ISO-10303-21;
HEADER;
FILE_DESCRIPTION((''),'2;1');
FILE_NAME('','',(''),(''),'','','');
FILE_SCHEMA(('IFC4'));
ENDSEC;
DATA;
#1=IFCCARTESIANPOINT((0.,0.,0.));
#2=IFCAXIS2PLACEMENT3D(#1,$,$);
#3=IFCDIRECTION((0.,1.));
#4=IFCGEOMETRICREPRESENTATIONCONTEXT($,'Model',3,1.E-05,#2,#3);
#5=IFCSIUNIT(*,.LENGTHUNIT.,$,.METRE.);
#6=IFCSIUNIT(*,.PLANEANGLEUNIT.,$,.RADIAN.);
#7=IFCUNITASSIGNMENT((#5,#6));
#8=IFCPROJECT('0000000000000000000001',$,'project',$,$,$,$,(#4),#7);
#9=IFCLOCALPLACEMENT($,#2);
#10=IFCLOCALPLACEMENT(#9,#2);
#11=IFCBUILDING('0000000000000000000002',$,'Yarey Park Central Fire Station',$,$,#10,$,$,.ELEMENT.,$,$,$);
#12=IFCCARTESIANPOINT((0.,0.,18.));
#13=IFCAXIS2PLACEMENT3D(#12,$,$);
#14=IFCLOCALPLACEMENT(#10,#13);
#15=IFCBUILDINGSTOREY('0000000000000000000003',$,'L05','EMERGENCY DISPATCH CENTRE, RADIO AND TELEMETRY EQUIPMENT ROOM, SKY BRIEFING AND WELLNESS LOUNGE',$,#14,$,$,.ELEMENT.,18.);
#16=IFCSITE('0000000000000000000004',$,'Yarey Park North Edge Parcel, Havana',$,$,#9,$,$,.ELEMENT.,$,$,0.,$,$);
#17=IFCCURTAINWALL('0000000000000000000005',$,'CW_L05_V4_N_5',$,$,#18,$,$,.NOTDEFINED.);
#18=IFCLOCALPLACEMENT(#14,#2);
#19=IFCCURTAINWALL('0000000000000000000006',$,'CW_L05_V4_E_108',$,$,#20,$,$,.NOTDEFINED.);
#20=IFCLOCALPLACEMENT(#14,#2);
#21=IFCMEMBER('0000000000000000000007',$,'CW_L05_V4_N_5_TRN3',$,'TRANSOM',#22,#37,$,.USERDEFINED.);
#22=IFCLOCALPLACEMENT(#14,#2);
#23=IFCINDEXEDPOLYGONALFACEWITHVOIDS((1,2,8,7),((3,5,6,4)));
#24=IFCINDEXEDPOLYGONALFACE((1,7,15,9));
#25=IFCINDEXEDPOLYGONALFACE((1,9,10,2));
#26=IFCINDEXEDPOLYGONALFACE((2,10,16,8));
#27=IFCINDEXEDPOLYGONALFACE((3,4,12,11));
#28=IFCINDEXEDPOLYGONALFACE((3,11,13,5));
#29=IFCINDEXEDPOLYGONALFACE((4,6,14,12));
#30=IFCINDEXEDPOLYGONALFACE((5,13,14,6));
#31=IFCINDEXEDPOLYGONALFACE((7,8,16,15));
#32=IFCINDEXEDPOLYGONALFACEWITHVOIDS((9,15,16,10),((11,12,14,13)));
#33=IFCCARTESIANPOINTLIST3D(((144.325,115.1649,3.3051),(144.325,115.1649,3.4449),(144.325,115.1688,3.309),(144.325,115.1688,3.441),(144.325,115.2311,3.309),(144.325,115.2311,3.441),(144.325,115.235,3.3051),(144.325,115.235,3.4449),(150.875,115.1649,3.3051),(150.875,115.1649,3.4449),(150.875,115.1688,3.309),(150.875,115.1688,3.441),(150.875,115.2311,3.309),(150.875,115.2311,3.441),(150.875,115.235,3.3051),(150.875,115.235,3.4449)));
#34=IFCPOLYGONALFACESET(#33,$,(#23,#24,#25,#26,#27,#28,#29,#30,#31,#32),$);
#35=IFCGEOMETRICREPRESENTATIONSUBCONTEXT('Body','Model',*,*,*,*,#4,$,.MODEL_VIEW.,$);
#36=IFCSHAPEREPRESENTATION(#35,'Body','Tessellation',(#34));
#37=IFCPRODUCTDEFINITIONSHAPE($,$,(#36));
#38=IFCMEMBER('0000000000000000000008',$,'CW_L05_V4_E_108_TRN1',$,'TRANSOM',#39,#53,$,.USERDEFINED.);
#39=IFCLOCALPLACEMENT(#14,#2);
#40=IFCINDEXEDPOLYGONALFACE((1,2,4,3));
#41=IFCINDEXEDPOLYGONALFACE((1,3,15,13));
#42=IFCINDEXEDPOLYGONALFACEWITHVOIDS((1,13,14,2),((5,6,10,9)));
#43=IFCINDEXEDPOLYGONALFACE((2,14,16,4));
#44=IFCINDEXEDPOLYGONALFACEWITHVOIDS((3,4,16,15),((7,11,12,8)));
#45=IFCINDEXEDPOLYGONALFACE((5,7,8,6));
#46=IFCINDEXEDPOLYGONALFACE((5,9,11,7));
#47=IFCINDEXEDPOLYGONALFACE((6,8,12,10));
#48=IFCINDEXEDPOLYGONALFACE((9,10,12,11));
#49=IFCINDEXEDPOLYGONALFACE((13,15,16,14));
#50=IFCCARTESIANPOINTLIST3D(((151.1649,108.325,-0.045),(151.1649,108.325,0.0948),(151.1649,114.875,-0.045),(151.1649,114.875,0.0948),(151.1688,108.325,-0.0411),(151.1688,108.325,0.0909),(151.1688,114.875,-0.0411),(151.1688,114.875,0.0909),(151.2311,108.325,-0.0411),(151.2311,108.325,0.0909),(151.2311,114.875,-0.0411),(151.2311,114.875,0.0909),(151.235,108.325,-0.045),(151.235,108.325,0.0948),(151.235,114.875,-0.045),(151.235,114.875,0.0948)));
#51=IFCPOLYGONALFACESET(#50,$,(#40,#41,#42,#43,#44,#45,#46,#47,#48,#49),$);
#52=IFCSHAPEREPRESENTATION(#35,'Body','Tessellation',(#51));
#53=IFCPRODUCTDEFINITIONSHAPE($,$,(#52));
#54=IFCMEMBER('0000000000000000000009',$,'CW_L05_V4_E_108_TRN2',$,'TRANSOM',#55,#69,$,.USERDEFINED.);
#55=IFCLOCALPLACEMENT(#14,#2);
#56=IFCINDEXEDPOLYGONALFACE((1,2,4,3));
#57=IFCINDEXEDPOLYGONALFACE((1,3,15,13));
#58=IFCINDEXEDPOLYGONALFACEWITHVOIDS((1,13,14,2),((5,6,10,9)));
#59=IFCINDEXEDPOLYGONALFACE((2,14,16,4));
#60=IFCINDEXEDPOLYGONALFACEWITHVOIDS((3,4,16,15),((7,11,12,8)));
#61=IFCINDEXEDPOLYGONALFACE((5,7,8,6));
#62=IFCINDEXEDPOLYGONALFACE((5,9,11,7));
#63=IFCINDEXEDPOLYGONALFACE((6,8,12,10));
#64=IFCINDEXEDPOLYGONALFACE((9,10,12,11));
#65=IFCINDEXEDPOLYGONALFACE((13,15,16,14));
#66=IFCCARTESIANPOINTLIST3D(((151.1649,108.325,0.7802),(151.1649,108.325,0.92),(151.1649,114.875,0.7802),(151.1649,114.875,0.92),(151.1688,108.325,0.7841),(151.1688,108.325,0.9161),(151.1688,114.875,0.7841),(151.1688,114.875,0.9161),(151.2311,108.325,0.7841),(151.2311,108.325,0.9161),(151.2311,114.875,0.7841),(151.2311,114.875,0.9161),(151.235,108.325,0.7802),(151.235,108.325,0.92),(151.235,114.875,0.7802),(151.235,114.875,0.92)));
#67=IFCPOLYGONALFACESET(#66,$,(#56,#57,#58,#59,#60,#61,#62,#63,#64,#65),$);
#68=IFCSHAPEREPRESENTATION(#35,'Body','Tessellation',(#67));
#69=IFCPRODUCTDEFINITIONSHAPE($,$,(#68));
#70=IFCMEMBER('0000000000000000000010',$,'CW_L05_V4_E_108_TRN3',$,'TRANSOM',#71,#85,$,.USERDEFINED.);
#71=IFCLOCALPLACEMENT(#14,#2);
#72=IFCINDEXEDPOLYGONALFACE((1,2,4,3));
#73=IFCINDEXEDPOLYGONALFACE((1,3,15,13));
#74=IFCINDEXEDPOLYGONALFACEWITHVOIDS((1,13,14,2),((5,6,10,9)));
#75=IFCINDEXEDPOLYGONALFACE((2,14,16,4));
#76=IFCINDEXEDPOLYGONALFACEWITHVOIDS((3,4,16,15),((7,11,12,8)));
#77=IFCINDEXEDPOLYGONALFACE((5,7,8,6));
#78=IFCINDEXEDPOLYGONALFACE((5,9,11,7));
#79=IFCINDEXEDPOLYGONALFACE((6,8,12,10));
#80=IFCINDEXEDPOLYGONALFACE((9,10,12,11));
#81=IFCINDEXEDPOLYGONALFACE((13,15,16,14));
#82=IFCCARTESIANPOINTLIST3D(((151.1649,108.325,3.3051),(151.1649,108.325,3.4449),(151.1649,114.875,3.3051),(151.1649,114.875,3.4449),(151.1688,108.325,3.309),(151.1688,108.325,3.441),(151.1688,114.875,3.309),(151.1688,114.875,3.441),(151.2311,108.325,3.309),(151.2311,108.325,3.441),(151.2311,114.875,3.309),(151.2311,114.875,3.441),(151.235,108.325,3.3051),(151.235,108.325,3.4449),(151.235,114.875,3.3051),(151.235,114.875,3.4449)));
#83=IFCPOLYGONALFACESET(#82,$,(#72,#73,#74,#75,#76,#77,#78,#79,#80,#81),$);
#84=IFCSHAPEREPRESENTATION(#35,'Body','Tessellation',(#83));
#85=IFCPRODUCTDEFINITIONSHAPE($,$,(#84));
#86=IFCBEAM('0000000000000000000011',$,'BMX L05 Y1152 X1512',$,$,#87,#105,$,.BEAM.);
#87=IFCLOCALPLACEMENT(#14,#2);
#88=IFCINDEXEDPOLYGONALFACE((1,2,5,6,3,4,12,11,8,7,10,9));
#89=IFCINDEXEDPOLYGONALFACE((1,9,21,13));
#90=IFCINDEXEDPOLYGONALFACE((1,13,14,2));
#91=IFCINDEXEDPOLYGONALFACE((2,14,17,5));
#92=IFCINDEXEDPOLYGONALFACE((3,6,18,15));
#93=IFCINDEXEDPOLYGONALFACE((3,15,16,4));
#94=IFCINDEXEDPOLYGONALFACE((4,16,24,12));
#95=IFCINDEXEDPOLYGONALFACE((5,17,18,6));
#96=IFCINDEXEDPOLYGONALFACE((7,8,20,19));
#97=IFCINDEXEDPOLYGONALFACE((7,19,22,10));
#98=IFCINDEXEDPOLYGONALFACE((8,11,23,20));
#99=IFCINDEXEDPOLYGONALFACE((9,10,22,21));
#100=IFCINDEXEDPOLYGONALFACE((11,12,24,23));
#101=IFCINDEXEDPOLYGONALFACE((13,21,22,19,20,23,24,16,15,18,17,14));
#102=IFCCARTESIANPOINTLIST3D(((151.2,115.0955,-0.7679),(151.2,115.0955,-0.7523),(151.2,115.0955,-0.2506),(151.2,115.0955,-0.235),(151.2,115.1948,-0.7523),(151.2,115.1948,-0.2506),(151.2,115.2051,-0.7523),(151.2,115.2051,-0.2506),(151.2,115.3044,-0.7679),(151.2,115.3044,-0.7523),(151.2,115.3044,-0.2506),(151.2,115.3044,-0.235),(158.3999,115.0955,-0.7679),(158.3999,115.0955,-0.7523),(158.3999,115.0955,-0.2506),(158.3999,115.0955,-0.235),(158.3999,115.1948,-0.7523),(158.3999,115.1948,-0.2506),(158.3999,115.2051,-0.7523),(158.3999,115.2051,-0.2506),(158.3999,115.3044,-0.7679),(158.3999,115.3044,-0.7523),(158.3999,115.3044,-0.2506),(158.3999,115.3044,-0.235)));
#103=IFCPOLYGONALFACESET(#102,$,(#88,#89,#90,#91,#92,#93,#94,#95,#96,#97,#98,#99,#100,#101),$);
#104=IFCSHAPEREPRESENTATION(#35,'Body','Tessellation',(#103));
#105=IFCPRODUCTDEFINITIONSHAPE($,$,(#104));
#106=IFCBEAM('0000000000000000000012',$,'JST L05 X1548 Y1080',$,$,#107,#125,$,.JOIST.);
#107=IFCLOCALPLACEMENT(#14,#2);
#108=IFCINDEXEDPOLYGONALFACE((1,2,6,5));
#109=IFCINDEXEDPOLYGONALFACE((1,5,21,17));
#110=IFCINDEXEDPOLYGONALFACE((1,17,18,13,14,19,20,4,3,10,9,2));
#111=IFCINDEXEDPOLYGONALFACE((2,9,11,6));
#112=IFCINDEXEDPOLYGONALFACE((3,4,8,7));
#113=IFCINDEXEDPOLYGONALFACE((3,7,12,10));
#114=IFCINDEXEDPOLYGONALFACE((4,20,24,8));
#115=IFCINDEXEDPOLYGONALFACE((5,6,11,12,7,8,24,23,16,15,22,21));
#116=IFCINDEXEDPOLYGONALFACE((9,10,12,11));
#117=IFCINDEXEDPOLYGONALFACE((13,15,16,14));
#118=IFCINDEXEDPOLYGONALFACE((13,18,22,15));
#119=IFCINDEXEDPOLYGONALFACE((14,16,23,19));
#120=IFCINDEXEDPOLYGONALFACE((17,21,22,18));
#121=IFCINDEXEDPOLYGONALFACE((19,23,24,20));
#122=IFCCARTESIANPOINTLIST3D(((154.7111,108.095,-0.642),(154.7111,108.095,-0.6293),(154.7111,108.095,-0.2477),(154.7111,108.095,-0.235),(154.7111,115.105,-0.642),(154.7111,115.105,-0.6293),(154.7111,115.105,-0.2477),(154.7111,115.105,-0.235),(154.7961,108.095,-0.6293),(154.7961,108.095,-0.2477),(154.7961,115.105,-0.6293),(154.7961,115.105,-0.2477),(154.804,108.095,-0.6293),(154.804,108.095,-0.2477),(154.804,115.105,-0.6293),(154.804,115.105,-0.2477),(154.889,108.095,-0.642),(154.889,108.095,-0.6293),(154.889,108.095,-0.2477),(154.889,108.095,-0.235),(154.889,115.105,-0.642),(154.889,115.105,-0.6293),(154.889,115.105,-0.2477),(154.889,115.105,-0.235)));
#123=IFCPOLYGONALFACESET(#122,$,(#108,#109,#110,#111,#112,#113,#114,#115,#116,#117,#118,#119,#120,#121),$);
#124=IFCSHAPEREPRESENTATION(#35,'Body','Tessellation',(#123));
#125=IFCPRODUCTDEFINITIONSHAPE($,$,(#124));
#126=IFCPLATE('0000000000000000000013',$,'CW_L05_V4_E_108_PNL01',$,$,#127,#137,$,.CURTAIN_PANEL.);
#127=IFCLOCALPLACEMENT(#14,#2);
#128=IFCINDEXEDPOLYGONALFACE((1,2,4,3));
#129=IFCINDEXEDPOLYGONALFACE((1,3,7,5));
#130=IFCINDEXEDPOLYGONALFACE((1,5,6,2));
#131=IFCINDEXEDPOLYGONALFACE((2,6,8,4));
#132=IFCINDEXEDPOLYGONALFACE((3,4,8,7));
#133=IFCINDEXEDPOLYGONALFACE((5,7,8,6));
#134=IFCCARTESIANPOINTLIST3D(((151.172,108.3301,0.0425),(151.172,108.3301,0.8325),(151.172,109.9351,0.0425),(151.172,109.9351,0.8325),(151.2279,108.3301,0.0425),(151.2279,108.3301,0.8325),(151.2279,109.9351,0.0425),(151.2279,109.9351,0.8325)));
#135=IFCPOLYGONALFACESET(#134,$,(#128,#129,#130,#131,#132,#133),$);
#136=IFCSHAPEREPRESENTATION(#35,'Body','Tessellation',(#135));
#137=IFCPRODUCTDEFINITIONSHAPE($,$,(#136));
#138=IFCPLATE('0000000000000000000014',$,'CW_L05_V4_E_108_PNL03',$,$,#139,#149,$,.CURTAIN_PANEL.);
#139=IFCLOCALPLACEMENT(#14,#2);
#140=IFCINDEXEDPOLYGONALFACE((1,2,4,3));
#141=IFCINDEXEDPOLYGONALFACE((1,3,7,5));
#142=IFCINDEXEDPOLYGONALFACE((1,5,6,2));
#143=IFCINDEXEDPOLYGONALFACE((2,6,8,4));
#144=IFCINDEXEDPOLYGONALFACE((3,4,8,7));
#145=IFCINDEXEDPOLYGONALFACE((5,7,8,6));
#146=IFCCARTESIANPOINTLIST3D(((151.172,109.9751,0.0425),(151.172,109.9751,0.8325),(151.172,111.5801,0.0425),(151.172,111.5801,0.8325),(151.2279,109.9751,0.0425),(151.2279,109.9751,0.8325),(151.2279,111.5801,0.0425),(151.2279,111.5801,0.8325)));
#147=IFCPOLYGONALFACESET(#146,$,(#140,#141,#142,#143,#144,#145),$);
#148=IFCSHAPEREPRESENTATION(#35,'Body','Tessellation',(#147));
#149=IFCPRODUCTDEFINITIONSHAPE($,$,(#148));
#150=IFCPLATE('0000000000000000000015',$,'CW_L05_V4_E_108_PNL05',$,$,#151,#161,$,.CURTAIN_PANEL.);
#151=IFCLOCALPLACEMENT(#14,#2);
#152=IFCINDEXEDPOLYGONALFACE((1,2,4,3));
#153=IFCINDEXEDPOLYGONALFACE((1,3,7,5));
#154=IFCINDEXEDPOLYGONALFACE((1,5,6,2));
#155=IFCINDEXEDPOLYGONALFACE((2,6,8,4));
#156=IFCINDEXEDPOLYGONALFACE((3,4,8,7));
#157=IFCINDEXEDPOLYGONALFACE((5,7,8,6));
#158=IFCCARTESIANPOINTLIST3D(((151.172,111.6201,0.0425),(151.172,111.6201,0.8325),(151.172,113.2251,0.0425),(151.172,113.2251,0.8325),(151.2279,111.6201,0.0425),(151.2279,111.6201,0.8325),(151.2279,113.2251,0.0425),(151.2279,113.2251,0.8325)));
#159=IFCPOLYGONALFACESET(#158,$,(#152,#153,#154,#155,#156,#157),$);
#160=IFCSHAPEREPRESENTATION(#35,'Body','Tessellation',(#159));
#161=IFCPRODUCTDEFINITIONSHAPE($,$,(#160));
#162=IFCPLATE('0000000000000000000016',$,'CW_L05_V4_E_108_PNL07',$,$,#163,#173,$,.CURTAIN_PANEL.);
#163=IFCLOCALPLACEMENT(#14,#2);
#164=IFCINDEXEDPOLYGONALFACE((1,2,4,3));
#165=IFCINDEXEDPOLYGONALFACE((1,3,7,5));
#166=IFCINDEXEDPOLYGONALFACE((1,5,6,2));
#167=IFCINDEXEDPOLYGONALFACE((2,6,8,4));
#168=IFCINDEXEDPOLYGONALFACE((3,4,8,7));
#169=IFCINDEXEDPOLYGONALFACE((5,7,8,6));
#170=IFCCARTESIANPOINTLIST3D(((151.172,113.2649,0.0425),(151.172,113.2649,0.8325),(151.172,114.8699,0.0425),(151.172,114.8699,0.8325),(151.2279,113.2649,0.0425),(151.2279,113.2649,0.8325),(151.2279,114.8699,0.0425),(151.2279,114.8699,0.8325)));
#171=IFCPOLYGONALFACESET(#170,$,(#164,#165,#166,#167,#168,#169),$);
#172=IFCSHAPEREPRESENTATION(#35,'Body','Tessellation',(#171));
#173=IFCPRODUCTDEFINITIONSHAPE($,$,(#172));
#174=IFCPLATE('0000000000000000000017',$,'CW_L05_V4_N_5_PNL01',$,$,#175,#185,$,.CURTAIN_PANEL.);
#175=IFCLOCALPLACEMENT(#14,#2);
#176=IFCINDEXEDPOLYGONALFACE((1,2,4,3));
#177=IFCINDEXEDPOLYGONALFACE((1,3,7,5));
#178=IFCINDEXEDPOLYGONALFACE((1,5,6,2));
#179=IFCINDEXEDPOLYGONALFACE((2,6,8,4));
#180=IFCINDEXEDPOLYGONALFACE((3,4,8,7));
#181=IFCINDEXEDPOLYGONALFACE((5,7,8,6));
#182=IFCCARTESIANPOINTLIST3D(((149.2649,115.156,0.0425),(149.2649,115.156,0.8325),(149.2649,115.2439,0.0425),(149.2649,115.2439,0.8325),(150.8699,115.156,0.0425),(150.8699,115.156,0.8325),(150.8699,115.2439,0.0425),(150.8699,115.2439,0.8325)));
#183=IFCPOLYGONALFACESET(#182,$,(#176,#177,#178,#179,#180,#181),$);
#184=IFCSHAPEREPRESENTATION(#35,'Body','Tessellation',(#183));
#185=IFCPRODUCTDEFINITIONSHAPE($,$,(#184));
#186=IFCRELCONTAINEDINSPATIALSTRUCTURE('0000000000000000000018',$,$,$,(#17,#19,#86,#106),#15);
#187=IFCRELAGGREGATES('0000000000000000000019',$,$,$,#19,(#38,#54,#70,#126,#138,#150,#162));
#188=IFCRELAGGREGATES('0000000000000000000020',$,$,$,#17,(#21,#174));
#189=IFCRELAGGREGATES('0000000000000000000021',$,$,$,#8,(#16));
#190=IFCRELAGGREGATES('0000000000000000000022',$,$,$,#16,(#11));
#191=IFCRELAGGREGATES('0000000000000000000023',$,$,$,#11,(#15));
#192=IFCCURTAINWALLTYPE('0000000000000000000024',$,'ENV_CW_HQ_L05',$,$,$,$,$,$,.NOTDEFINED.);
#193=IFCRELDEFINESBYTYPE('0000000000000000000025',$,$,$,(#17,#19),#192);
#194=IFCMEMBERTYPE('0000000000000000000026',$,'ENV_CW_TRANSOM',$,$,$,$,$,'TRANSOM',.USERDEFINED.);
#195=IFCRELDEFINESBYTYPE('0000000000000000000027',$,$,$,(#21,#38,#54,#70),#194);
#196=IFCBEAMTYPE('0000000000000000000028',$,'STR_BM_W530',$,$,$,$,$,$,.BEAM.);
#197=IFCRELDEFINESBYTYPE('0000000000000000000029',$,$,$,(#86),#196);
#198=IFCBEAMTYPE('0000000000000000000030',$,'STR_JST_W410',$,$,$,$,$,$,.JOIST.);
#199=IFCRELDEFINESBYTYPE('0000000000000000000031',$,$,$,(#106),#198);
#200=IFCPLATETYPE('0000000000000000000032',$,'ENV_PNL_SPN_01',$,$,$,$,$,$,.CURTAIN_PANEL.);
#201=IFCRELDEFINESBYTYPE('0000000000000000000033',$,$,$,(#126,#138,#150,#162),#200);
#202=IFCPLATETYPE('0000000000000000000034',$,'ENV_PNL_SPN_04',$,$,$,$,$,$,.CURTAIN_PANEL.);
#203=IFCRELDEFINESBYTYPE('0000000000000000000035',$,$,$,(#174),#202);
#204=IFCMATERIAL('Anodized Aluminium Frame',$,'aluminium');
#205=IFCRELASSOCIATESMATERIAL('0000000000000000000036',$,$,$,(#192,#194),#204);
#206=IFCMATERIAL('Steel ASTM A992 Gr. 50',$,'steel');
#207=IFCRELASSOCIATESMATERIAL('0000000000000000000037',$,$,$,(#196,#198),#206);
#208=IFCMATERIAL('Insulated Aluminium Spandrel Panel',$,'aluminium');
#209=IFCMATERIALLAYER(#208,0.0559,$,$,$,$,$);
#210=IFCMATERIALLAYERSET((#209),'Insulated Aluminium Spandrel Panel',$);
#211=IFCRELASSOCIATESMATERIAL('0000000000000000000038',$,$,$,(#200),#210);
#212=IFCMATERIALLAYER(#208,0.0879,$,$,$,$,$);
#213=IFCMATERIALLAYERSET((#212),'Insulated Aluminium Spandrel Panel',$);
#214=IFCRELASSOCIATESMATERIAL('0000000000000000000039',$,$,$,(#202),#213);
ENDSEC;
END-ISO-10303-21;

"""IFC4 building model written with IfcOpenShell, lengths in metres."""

from ifc_helpers import new_model, si_unit, direction, frame, origin, origin_2d, place, context, subcontext, project, spatial, rectangle, hollow_rectangle, i_section, extrude, material, layer, layer_set, material_profile, profile_set, type_object, element, aggregate, save


model = new_model("IFC4")

# Units and contexts
model_context = context("Model", 3, precision=1e-05, world=origin(), true_north=direction((0.0, 1.0)))
body_context = subcontext(model_context, "Body", "Model", "MODEL_VIEW")
ifc_project = project(units=[si_unit("LENGTHUNIT", "METRE"), si_unit("PLANEANGLEUNIT", "RADIAN")], contexts=[model_context])

# Site, building, storey
site_placement = place(None, origin())
site = spatial("IfcSite", under=ifc_project, at=site_placement, Name="Yarey Park North Edge Parcel, Havana", CompositionType="ELEMENT", RefElevation=0.0)
building_placement = place(site_placement, origin())
building = spatial("IfcBuilding", under=site, at=building_placement, Name="Yarey Park Central Fire Station", CompositionType="ELEMENT")
storey_placement = place(building_placement, frame((0.0, 0.0, 18.0)))
storey = spatial("IfcBuildingStorey", under=building, at=storey_placement, Name="L05", Description="EMERGENCY DISPATCH CENTRE, RADIO AND TELEMETRY EQUIPMENT ROOM, SKY BRIEFING AND WELLNESS LOUNGE", CompositionType="ELEMENT", Elevation=18.0)

# Curtain walls
ifc_material_1 = material(Name="Anodized Aluminium Frame", Category="aluminium")
curtain_wall_type = type_object("IfcCurtainWallType", Name="ENV_CW_HQ_L05", PredefinedType="NOTDEFINED", material=ifc_material_1)
curtain_wall_1_placement = place(storey_placement, origin())
curtain_wall_1 = element("IfcCurtainWall", 1, at=curtain_wall_1_placement, inside=storey, type_object=curtain_wall_type, Name="CW_L05_V4_N_5", PredefinedType="NOTDEFINED")
curtain_wall_2_placement = place(storey_placement, origin())
curtain_wall_2 = element("IfcCurtainWall", 2, at=curtain_wall_2_placement, inside=storey, type_object=curtain_wall_type, Name="CW_L05_V4_E_108", PredefinedType="NOTDEFINED")

# Members
ifc_material_profile_1 = material_profile(ifc_material_1, hollow_rectangle(XDim=0.0701, YDim=0.1399, WallThickness=0.0039, at=origin_2d()), Name="ALU 140x70x4")
ifc_profile_set_1 = profile_set([ifc_material_profile_1], Name="Anodized Aluminium Frame")
member_type_1 = type_object("IfcMemberType", Name="ENV_CW_TRANSOM", ElementType="TRANSOM", PredefinedType="USERDEFINED", material=ifc_profile_set_1)
member_1_placement = place(storey_placement, frame((150.875, 115.2, 3.375), z_axis=(-1.0, 0.0, 0.0), x_axis=(0.0, -1.0, 0.0)))
member_1 = element("IfcMember", 3, at=member_1_placement, type_object=member_type_1, Name="CW_L05_V4_N_5_TRN3", ObjectType="TRANSOM", PredefinedType="USERDEFINED", context=body_context, shape_type="SweptSolid", body=[
    extrude(hollow_rectangle(XDim=0.0701, YDim=0.1399, WallThickness=0.0039, at=origin_2d()), origin(), (0.0, 0.0, 1.0), 6.55),
])
member_2_placement = place(storey_placement, frame((151.2, 108.325, 0.0249), z_axis=(0.0, 1.0, 0.0), x_axis=(-1.0, 0.0, 0.0)))
member_2 = element("IfcMember", 4, at=member_2_placement, type_object=member_type_1, Name="CW_L05_V4_E_108_TRN1", ObjectType="TRANSOM", PredefinedType="USERDEFINED", context=body_context, shape_type="SweptSolid", body=[
    extrude(hollow_rectangle(XDim=0.0701, YDim=0.1399, WallThickness=0.0039, at=origin_2d()), origin(), (0.0, 0.0, 1.0), 6.55),
])
member_3_placement = place(storey_placement, frame((151.2, 108.325, 0.8501), z_axis=(0.0, 1.0, 0.0), x_axis=(-1.0, 0.0, 0.0)))
member_3 = element("IfcMember", 5, at=member_3_placement, type_object=member_type_1, Name="CW_L05_V4_E_108_TRN2", ObjectType="TRANSOM", PredefinedType="USERDEFINED", context=body_context, shape_type="SweptSolid", body=[
    extrude(hollow_rectangle(XDim=0.0701, YDim=0.1399, WallThickness=0.0039, at=origin_2d()), origin(), (0.0, 0.0, 1.0), 6.55),
])
member_4_placement = place(storey_placement, frame((151.2, 108.325, 3.375), z_axis=(0.0, 1.0, 0.0), x_axis=(-1.0, 0.0, 0.0)))
member_4 = element("IfcMember", 6, at=member_4_placement, type_object=member_type_1, Name="CW_L05_V4_E_108_TRN3", ObjectType="TRANSOM", PredefinedType="USERDEFINED", context=body_context, shape_type="SweptSolid", body=[
    extrude(hollow_rectangle(XDim=0.0701, YDim=0.1399, WallThickness=0.0039, at=origin_2d()), origin(), (0.0, 0.0, 1.0), 6.55),
])

# Beams
ifc_material_2 = material(Name="Steel ASTM A992 Gr. 50", Category="steel")
ifc_material_profile_2 = material_profile(ifc_material_2, i_section(OverallWidth=0.209, OverallDepth=0.533, WebThickness=0.0103, FlangeThickness=0.0156, at=origin_2d()), Name="W530x92")
ifc_profile_set_2 = profile_set([ifc_material_profile_2], Name="Steel ASTM A992 Gr. 50")
beam_type_1 = type_object("IfcBeamType", Name="STR_BM_W530", PredefinedType="BEAM", material=ifc_profile_set_2)
beam_1_placement = place(storey_placement, frame((151.2, 115.2, -0.5015), z_axis=(1.0, 0.0, 0.0), x_axis=(0.0, 1.0, 0.0)))
element("IfcBeam", 7, at=beam_1_placement, inside=storey, type_object=beam_type_1, Name="BMX L05 Y1152 X1512", PredefinedType="BEAM", context=body_context, shape_type="SweptSolid", body=[
    extrude(i_section(OverallWidth=0.209, OverallDepth=0.533, WebThickness=0.0103, FlangeThickness=0.0156, at=origin_2d()), origin(), (0.0, 0.0, 1.0), 7.2),
])
ifc_material_profile_3 = material_profile(ifc_material_2, i_section(OverallWidth=0.178, OverallDepth=0.407, WebThickness=0.0078, FlangeThickness=0.0127, at=origin_2d()), Name="W410x60")
ifc_profile_set_3 = profile_set([ifc_material_profile_3], Name="Steel ASTM A992 Gr. 50")
beam_type_2 = type_object("IfcBeamType", Name="STR_JST_W410", PredefinedType="JOIST", material=ifc_profile_set_3)
beam_2_placement = place(storey_placement, frame((154.8, 108.095, -0.4385), z_axis=(0.0, 1.0, 0.0), x_axis=(-1.0, 0.0, 0.0)))
element("IfcBeam", 8, at=beam_2_placement, inside=storey, type_object=beam_type_2, Name="JST L05 X1548 Y1080", PredefinedType="JOIST", context=body_context, shape_type="SweptSolid", body=[
    extrude(i_section(OverallWidth=0.178, OverallDepth=0.407, WebThickness=0.0078, FlangeThickness=0.0127, at=origin_2d()), origin(), (0.0, 0.0, 1.0), 7.01),
])

# Plates
ifc_material_3 = material(Name="Insulated Aluminium Spandrel Panel", Category="aluminium")
ifc_layer_1 = layer(ifc_material_3, 0.0559)
ifc_layer_set_1 = layer_set([ifc_layer_1], Name="Insulated Aluminium Spandrel Panel")
plate_type_1 = type_object("IfcPlateType", Name="ENV_PNL_SPN_01", PredefinedType="CURTAIN_PANEL", material=ifc_layer_set_1)
plate_1_placement = place(storey_placement, frame((151.2, 109.1326, 0.0425), z_axis=(0.0, 0.0, 1.0), x_axis=(0.0, 1.0, 0.0)))
plate_1 = element("IfcPlate", 9, at=plate_1_placement, type_object=plate_type_1, Name="CW_L05_V4_E_108_PNL01", PredefinedType="CURTAIN_PANEL", context=body_context, shape_type="SweptSolid", body=[
    extrude(rectangle(XDim=1.605, YDim=0.0559, at=origin_2d()), origin(), (0.0, 0.0, 1.0), 0.79),
])
plate_2_placement = place(storey_placement, frame((151.2, 110.7776, 0.0425), z_axis=(0.0, 0.0, 1.0), x_axis=(0.0, 1.0, 0.0)))
plate_2 = element("IfcPlate", 10, at=plate_2_placement, type_object=plate_type_1, Name="CW_L05_V4_E_108_PNL03", PredefinedType="CURTAIN_PANEL", context=body_context, shape_type="SweptSolid", body=[
    extrude(rectangle(XDim=1.605, YDim=0.0559, at=origin_2d()), origin(), (0.0, 0.0, 1.0), 0.79),
])
plate_3_placement = place(storey_placement, frame((151.2, 112.4226, 0.0425), z_axis=(0.0, 0.0, 1.0), x_axis=(0.0, 1.0, 0.0)))
plate_3 = element("IfcPlate", 11, at=plate_3_placement, type_object=plate_type_1, Name="CW_L05_V4_E_108_PNL05", PredefinedType="CURTAIN_PANEL", context=body_context, shape_type="SweptSolid", body=[
    extrude(rectangle(XDim=1.605, YDim=0.0559, at=origin_2d()), origin(), (0.0, 0.0, 1.0), 0.79),
])
plate_4_placement = place(storey_placement, frame((151.2, 114.0674, 0.0425), z_axis=(0.0, 0.0, 1.0), x_axis=(0.0, 1.0, 0.0)))
plate_4 = element("IfcPlate", 12, at=plate_4_placement, type_object=plate_type_1, Name="CW_L05_V4_E_108_PNL07", PredefinedType="CURTAIN_PANEL", context=body_context, shape_type="SweptSolid", body=[
    extrude(rectangle(XDim=1.605, YDim=0.0559, at=origin_2d()), origin(), (0.0, 0.0, 1.0), 0.79),
])
ifc_layer_2 = layer(ifc_material_3, 0.0879)
ifc_layer_set_2 = layer_set([ifc_layer_2], Name="Insulated Aluminium Spandrel Panel")
plate_type_2 = type_object("IfcPlateType", Name="ENV_PNL_SPN_04", PredefinedType="CURTAIN_PANEL", material=ifc_layer_set_2)
plate_5_placement = place(storey_placement, frame((150.0674, 115.2, 0.0425), z_axis=(0.0, 0.0, 1.0), x_axis=(-1.0, 0.0, 0.0)))
plate_5 = element("IfcPlate", 13, at=plate_5_placement, type_object=plate_type_2, Name="CW_L05_V4_N_5_PNL01", PredefinedType="CURTAIN_PANEL", context=body_context, shape_type="SweptSolid", body=[
    extrude(rectangle(XDim=1.605, YDim=0.0879, at=origin_2d()), origin(), (0.0, 0.0, 1.0), 0.79),
])
aggregate(curtain_wall_2, [member_2, member_3, member_4, plate_1, plate_2, plate_3, plate_4])
aggregate(curtain_wall_1, [member_1, plate_5])

save(model, "model.ifc")
